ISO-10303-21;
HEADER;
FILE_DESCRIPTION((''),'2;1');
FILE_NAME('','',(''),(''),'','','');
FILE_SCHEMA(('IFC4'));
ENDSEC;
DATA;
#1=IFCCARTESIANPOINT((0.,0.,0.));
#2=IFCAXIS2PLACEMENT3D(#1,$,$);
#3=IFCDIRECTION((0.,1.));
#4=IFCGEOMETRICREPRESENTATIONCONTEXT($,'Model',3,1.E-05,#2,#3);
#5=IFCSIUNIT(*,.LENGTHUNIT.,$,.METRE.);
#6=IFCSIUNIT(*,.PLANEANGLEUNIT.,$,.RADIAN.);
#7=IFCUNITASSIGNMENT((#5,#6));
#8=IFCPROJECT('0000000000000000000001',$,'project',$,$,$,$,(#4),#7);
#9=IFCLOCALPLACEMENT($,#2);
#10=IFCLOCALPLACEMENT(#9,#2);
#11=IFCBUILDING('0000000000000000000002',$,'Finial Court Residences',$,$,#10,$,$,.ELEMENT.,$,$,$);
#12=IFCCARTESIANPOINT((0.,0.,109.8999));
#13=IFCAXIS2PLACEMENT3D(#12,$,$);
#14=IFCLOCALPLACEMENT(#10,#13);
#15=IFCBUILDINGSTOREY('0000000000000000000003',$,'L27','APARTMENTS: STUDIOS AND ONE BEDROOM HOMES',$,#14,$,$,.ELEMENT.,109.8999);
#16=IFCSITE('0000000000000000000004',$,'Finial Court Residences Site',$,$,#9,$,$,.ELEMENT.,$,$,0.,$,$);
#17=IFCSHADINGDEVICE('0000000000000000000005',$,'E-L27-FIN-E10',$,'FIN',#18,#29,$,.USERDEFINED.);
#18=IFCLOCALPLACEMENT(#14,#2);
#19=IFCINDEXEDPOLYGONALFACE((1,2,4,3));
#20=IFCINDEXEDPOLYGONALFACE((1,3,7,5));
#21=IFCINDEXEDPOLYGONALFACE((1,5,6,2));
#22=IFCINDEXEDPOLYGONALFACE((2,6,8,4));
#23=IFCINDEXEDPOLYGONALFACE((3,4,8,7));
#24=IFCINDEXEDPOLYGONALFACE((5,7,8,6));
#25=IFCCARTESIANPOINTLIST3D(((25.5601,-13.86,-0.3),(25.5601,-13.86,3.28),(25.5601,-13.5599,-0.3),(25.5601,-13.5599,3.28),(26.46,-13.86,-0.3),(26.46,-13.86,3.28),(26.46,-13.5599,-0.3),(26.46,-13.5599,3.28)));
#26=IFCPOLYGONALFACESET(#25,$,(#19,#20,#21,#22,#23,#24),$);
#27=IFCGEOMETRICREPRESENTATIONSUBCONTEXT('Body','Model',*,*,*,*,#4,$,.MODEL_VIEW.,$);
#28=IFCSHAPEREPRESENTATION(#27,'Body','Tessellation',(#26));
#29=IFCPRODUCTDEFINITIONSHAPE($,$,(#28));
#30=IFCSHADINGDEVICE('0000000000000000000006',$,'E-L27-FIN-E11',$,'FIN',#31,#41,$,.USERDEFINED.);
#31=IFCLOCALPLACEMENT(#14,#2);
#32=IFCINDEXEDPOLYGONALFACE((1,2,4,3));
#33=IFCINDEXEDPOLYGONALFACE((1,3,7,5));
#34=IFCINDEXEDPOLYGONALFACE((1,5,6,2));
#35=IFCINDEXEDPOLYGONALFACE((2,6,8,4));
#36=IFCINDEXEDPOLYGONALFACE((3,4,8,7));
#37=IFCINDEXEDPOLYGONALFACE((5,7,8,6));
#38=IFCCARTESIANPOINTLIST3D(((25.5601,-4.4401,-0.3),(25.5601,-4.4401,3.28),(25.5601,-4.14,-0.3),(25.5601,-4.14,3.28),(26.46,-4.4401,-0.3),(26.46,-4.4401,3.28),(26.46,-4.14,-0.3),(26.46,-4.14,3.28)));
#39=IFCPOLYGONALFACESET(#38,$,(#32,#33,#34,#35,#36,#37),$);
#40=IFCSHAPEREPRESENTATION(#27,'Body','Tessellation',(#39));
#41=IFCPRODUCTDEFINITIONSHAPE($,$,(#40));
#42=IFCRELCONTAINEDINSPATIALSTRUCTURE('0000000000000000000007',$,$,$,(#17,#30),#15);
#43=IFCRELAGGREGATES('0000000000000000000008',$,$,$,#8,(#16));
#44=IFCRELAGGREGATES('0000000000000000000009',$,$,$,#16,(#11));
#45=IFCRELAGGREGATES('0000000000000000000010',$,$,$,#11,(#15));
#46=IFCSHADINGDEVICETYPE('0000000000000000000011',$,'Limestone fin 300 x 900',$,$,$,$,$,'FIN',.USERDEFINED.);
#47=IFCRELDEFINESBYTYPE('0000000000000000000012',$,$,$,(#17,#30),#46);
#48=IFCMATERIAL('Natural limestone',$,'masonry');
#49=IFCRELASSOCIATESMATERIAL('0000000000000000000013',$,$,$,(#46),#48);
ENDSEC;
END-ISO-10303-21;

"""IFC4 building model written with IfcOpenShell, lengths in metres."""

from ifc_helpers import new_model, si_unit, direction, frame, origin, origin_2d, place, context, subcontext, project, spatial, rectangle, extrude, material, type_object, element, save


model = new_model("IFC4")

# Units and contexts
model_context = context("Model", 3, precision=1e-05, world=origin(), true_north=direction((0.0, 1.0)))
body_context = subcontext(model_context, "Body", "Model", "MODEL_VIEW")
ifc_project = project(units=[si_unit("LENGTHUNIT", "METRE"), si_unit("PLANEANGLEUNIT", "RADIAN")], contexts=[model_context])

# Site, building, storey
site_placement = place(None, origin())
site = spatial("IfcSite", under=ifc_project, at=site_placement, Name="Finial Court Residences Site", CompositionType="ELEMENT", RefElevation=0.0)
building_placement = place(site_placement, origin())
building = spatial("IfcBuilding", under=site, at=building_placement, Name="Finial Court Residences", CompositionType="ELEMENT")
storey_placement = place(building_placement, frame((0.0, 0.0, 109.8999)))
storey = spatial("IfcBuildingStorey", under=building, at=storey_placement, Name="L27", Description="APARTMENTS: STUDIOS AND ONE BEDROOM HOMES", CompositionType="ELEMENT", Elevation=109.8999)

# Shared definitions
ifc_material_1 = material(Name="Natural limestone", Category="masonry")

# Shading devices
shading_device_type = type_object("IfcShadingDeviceType", Name="Limestone fin 300 x 900", ElementType="FIN", PredefinedType="USERDEFINED", material=ifc_material_1)
for number, where, z_axis, x_axis, name in (
    (1, (26.01, -13.71, -0.3), (0.0, 0.0, 1.0), (1.0, 0.0, 0.0), "E-L27-FIN-E10"),
    (2, (26.01, -4.29, -0.3), (0.0, 0.0, 1.0), (1.0, 0.0, 0.0), "E-L27-FIN-E11"),
):
    element("IfcShadingDevice", number, at=place(storey_placement, frame(where, z_axis=z_axis, x_axis=x_axis)), inside=storey, type_object=shading_device_type, Name=name, ObjectType="FIN", PredefinedType="USERDEFINED", context=body_context, shape_type="SweptSolid", body=[
        extrude(rectangle(XDim=0.8999, YDim=0.3, at=origin_2d()), origin(), (0.0, 0.0, 1.0), 3.5801),
    ])

save(model, "model.ifc")
